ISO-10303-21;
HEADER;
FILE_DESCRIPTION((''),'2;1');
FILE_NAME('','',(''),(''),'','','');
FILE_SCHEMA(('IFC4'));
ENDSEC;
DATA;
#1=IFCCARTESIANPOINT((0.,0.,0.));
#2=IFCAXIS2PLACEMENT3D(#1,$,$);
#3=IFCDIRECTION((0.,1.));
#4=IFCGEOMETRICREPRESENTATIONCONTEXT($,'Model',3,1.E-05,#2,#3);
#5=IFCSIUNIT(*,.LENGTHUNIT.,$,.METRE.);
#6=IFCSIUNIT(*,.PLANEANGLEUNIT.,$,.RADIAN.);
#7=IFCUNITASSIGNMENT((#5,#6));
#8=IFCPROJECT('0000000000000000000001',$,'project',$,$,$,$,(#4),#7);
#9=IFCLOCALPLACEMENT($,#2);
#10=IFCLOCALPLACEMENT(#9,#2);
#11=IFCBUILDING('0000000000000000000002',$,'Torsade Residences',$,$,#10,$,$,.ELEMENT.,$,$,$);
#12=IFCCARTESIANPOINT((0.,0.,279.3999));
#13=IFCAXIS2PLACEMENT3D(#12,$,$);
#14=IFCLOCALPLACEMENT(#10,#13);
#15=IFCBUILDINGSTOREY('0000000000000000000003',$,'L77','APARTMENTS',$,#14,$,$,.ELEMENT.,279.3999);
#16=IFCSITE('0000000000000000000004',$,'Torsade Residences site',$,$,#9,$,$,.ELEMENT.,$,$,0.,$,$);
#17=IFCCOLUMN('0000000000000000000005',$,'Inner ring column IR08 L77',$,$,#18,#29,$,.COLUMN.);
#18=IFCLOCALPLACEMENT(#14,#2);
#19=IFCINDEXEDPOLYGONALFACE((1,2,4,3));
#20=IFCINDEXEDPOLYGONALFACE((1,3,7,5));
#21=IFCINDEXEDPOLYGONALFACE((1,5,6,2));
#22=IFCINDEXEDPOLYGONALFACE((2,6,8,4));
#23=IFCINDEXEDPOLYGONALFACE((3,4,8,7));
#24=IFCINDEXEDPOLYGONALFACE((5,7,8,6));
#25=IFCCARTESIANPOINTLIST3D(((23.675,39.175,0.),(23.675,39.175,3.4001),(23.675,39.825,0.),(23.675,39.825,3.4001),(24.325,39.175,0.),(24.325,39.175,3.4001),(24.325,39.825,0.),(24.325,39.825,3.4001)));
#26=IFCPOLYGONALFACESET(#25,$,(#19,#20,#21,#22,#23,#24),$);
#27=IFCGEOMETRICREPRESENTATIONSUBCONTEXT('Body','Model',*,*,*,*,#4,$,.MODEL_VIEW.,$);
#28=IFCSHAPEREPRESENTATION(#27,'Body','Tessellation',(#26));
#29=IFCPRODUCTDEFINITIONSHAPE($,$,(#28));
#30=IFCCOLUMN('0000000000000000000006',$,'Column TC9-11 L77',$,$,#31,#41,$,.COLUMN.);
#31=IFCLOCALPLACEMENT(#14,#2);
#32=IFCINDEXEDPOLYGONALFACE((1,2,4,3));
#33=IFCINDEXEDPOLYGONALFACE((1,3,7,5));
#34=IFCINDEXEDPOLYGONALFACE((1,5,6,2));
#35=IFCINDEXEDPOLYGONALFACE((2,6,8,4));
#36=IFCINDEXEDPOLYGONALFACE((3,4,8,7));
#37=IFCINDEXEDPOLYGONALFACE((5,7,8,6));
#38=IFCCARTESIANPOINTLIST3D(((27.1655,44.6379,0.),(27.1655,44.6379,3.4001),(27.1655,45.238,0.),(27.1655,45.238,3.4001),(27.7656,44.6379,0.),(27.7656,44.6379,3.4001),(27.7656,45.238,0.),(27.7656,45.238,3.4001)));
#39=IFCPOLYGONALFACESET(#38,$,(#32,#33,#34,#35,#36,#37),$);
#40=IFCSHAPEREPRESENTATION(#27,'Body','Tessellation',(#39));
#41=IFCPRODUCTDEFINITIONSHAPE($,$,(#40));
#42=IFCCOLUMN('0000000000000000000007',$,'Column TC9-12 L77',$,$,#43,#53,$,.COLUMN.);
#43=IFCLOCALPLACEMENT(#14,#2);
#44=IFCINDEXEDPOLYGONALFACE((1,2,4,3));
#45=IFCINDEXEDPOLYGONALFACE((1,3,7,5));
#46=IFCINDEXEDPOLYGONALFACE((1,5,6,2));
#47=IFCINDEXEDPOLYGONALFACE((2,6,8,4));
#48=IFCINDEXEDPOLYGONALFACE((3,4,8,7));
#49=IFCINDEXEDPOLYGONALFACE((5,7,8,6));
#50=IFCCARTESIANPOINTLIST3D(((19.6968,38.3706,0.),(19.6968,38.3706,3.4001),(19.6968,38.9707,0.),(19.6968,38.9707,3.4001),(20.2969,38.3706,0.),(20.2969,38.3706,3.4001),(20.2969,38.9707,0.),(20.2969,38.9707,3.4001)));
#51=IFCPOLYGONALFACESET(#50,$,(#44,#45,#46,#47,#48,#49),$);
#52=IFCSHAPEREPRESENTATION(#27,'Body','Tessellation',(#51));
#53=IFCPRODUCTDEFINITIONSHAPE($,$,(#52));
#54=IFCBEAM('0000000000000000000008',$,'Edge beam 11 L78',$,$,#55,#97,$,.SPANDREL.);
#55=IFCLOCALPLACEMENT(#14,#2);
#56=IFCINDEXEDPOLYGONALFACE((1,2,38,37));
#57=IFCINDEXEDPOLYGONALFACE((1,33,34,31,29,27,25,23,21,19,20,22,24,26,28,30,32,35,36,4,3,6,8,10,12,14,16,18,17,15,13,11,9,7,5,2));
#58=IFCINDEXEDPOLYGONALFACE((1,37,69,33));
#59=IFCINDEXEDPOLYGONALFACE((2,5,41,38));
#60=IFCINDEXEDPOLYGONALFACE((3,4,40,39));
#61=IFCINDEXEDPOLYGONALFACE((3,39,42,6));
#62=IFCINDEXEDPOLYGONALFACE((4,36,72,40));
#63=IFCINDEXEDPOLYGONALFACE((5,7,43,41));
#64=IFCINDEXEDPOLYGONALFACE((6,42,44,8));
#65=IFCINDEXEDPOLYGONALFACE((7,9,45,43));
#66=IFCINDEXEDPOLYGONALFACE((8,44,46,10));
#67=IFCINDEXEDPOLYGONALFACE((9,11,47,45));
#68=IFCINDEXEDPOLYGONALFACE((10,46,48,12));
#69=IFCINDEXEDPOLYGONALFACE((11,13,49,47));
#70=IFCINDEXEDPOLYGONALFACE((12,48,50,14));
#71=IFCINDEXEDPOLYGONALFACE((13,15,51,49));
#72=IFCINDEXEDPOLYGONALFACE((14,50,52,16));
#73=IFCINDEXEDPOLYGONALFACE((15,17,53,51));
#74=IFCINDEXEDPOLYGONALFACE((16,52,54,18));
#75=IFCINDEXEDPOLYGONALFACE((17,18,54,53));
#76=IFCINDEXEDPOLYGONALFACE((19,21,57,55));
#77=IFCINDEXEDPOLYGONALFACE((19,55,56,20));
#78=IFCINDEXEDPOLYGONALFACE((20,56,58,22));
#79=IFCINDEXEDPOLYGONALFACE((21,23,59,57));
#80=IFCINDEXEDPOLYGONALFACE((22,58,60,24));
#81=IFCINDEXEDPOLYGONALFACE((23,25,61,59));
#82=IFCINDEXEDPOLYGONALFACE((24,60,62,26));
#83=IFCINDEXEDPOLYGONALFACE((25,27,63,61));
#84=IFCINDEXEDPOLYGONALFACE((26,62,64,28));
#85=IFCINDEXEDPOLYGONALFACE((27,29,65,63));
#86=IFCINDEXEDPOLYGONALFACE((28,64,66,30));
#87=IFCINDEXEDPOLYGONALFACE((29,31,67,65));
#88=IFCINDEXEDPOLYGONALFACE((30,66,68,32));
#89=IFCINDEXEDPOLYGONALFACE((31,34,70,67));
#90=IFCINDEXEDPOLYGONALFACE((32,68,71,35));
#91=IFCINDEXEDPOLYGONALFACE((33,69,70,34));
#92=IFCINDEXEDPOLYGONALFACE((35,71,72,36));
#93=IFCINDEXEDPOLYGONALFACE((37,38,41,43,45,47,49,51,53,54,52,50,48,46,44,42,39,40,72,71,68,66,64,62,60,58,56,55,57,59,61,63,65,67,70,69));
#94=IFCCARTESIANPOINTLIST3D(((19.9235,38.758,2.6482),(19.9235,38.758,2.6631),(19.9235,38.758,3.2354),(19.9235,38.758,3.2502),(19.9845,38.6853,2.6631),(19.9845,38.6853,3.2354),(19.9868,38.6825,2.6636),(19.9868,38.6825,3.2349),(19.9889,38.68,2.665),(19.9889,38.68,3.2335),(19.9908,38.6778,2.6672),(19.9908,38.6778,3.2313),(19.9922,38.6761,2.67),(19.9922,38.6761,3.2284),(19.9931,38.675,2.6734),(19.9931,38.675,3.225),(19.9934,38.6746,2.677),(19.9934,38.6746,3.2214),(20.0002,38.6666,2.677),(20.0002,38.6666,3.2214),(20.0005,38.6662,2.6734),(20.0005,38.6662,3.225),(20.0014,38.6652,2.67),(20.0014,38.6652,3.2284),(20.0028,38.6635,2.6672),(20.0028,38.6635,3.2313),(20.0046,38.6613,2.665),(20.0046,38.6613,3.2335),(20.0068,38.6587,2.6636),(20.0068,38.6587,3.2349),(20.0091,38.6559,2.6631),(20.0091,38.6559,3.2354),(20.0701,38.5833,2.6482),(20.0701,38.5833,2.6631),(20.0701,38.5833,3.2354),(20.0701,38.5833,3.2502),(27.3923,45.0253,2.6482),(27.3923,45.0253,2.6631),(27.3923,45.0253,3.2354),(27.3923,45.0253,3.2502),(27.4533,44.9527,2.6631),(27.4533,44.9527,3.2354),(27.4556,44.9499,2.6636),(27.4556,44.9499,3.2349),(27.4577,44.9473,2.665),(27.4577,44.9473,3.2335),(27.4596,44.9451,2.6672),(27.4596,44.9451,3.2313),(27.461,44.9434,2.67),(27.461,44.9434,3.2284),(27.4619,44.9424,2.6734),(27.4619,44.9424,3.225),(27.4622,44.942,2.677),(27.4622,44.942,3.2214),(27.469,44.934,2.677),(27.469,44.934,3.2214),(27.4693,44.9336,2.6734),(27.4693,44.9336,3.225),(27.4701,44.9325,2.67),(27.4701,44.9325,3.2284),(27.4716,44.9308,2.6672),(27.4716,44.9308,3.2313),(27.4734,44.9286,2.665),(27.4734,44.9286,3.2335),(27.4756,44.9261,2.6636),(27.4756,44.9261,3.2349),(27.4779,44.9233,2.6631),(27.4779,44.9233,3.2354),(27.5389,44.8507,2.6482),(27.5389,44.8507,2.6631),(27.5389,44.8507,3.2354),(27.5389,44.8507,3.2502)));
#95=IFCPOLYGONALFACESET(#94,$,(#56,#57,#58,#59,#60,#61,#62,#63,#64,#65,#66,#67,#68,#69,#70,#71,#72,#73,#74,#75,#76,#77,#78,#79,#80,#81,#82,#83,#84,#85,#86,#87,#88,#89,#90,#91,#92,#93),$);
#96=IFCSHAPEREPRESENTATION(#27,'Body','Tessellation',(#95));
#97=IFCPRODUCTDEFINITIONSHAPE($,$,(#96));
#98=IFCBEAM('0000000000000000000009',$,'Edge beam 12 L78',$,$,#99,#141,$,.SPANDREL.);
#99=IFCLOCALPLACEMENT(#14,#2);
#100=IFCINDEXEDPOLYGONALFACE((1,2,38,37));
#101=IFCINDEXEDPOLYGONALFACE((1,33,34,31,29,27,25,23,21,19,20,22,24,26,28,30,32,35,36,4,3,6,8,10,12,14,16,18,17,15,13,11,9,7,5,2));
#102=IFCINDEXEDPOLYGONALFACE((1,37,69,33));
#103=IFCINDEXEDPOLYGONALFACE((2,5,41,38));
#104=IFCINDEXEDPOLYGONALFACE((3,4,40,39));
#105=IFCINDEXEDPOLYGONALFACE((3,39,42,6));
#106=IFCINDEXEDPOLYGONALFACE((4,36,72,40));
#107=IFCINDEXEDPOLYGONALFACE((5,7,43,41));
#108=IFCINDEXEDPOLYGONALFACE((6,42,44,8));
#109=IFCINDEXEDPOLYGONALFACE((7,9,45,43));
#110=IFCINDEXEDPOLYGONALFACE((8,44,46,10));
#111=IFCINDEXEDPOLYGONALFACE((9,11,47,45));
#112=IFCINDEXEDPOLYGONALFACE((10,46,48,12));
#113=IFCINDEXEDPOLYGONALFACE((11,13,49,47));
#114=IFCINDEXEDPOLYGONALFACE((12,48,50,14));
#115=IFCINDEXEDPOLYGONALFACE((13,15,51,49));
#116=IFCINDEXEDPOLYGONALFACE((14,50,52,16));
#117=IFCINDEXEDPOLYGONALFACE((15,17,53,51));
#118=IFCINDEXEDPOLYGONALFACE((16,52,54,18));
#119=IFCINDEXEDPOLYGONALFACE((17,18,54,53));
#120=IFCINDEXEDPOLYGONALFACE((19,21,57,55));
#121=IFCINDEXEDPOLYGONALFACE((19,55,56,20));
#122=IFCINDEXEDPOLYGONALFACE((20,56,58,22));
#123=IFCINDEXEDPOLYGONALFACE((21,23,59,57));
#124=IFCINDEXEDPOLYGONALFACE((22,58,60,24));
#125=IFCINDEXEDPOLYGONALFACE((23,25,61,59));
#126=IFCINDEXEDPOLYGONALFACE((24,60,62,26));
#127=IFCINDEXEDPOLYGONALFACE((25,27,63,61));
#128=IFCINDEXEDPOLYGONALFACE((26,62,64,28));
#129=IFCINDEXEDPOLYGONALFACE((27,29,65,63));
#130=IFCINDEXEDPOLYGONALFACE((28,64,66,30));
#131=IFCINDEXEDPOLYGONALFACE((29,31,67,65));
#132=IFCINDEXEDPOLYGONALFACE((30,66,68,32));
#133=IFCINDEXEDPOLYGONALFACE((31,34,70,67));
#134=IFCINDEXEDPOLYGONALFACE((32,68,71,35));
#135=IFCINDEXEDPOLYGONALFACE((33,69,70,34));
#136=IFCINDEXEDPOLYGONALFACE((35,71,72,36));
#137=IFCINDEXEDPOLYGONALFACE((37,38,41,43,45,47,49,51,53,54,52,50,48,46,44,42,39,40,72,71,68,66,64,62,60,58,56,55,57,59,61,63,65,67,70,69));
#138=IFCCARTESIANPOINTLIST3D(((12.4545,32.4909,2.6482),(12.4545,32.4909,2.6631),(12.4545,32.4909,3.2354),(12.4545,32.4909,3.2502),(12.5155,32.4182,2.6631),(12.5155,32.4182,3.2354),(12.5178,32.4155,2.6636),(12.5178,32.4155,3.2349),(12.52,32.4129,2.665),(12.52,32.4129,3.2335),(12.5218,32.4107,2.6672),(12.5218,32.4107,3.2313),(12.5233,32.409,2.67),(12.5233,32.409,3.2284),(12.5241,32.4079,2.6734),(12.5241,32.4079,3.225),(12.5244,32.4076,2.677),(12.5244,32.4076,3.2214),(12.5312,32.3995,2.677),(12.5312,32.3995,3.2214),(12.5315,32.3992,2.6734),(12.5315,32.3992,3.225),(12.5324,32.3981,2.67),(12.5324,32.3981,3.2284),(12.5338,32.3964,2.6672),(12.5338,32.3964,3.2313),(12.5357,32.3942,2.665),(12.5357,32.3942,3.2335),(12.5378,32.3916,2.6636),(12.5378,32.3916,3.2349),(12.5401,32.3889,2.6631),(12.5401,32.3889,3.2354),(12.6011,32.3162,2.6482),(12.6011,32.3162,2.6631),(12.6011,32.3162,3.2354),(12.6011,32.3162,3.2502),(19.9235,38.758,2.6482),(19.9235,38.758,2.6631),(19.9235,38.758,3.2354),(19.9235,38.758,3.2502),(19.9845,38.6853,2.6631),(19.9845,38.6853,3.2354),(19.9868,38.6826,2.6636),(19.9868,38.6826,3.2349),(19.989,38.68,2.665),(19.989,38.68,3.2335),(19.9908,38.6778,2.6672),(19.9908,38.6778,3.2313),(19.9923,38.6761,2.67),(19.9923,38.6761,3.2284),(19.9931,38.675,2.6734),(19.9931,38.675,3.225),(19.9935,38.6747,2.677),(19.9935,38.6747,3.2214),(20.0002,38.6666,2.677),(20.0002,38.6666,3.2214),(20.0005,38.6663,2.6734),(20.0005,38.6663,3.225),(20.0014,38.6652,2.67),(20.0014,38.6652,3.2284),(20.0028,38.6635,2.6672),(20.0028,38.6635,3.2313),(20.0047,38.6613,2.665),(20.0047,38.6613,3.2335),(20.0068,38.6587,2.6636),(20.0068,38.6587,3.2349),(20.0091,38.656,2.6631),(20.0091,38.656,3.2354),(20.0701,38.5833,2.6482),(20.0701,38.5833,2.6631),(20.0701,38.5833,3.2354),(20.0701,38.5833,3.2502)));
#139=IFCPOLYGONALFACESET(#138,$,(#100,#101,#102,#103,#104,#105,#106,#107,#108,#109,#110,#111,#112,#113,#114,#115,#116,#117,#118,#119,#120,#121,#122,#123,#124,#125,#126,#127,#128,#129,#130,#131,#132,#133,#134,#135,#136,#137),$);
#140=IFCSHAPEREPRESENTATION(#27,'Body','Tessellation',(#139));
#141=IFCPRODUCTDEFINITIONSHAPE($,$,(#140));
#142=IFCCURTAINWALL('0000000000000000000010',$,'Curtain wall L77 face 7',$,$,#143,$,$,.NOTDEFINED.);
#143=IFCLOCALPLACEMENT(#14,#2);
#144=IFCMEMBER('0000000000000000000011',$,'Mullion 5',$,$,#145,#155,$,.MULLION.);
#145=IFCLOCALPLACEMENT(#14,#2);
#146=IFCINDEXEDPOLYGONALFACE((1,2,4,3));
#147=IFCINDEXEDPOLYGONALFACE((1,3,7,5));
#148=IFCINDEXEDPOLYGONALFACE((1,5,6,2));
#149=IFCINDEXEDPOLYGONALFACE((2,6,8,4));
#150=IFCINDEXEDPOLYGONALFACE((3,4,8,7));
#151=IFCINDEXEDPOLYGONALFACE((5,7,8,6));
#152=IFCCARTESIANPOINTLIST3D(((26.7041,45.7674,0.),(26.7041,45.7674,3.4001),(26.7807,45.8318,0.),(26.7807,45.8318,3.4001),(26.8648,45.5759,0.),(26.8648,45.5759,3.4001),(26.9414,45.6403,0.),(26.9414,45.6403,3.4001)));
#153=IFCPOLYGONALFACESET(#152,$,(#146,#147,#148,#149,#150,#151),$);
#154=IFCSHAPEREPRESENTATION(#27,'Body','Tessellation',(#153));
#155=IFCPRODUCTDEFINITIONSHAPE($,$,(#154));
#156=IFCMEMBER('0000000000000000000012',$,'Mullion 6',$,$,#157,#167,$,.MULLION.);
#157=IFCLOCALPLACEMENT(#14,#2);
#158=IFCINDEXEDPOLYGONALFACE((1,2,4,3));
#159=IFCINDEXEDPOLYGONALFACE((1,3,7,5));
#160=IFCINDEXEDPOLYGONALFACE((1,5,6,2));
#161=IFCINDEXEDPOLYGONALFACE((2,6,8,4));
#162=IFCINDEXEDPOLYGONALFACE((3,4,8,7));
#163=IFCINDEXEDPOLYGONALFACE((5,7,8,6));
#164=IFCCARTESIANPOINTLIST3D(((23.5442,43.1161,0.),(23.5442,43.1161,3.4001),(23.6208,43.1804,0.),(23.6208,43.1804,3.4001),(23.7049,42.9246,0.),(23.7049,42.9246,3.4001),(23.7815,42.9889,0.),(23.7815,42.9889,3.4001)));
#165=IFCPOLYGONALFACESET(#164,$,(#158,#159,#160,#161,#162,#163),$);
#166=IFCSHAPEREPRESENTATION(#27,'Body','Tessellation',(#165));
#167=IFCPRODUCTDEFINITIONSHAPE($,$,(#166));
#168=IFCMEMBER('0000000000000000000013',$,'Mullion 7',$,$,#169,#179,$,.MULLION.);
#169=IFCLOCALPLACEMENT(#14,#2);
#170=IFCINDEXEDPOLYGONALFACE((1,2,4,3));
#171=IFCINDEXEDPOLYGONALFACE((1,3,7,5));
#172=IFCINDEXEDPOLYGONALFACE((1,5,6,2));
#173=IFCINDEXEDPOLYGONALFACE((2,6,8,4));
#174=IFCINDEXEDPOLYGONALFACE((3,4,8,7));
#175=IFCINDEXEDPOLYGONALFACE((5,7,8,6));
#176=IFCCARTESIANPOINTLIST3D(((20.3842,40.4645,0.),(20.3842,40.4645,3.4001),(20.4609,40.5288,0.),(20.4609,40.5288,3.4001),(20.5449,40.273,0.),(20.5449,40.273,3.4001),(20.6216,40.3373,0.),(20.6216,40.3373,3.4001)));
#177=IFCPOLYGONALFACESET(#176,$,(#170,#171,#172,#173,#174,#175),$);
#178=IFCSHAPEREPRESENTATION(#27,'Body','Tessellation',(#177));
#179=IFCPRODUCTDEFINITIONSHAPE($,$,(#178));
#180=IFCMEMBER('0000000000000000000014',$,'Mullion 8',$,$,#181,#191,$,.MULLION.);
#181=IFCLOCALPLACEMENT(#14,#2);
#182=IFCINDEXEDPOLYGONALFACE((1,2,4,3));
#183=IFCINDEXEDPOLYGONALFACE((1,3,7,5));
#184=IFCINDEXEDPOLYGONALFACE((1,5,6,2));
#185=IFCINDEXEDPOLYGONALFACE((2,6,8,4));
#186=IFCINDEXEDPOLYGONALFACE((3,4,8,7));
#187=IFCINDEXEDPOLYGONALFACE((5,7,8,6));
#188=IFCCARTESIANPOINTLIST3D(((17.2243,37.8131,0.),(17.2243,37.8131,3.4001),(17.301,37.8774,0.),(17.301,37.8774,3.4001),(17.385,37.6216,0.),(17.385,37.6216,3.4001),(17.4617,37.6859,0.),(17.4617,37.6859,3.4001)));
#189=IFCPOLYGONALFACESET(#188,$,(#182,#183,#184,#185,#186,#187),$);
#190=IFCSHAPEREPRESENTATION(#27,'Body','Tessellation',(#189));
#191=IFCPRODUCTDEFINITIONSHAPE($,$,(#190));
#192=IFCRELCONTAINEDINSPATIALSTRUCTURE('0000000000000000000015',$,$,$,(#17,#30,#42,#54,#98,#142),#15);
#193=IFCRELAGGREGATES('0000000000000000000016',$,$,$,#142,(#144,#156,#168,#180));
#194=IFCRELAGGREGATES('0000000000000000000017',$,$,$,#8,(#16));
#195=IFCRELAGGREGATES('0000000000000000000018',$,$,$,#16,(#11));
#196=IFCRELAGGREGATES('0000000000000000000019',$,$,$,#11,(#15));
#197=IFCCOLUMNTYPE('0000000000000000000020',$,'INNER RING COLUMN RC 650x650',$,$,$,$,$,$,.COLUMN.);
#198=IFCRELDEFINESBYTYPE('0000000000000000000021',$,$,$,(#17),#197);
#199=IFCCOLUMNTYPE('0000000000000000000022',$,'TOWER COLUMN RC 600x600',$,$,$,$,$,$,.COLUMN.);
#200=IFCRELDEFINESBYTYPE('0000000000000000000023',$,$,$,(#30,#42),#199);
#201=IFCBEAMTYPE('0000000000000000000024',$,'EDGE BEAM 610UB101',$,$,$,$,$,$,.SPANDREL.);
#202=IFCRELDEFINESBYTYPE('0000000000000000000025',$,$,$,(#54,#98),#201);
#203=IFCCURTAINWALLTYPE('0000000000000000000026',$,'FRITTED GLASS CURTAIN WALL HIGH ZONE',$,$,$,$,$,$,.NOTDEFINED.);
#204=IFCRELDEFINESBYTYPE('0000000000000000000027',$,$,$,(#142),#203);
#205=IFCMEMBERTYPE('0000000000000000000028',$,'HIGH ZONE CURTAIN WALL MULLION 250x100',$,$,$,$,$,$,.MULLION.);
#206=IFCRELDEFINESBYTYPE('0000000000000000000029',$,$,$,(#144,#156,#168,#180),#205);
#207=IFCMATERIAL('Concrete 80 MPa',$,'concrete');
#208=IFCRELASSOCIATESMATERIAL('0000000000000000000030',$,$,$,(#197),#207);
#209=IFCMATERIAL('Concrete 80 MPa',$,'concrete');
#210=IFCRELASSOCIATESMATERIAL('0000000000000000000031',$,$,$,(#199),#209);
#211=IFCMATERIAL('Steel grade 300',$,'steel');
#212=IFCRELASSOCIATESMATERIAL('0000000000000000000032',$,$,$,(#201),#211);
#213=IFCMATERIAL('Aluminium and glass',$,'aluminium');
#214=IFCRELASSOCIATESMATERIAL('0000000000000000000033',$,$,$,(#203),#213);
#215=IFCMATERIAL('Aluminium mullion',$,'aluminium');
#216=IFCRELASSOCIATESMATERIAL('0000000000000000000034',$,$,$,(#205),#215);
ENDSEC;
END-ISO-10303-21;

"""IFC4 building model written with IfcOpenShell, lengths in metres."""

from ifc_helpers import new_model, si_unit, direction, frame, origin, origin_2d, place, context, subcontext, project, spatial, rectangle, i_section, extrude, material, material_profile, profile_set, type_object, element, aggregate, save


model = new_model("IFC4")

# Units and contexts
model_context = context("Model", 3, precision=1e-05, world=origin(), true_north=direction((0.0, 1.0)))
body_context = subcontext(model_context, "Body", "Model", "MODEL_VIEW")
ifc_project = project(units=[si_unit("LENGTHUNIT", "METRE"), si_unit("PLANEANGLEUNIT", "RADIAN")], contexts=[model_context])

# Site, building, storey
site_placement = place(None, origin())
site = spatial("IfcSite", under=ifc_project, at=site_placement, Name="Torsade Residences site", CompositionType="ELEMENT", RefElevation=0.0)
building_placement = place(site_placement, origin())
building = spatial("IfcBuilding", under=site, at=building_placement, Name="Torsade Residences", CompositionType="ELEMENT")
storey_placement = place(building_placement, frame((0.0, 0.0, 279.3999)))
storey = spatial("IfcBuildingStorey", under=building, at=storey_placement, Name="L77", Description="APARTMENTS", CompositionType="ELEMENT", Elevation=279.3999)

# Columns
ifc_material_1 = material(Name="Concrete 80 MPa", Category="concrete")
ifc_material_profile_1 = material_profile(ifc_material_1, rectangle(XDim=0.6499, YDim=0.6499, at=origin_2d()), Name="RC 650x650")
ifc_profile_set_1 = profile_set([ifc_material_profile_1], Name="Concrete 80 MPa")
column_type_1 = type_object("IfcColumnType", Name="INNER RING COLUMN RC 650x650", PredefinedType="COLUMN", material=ifc_profile_set_1)
column_placement = place(storey_placement, frame((24.0, 39.5, 0.0), z_axis=(0.0, 0.0, 1.0), x_axis=(1.0, 0.0, 0.0)))
element("IfcColumn", 1, at=column_placement, inside=storey, type_object=column_type_1, Name="Inner ring column IR08 L77", PredefinedType="COLUMN", context=body_context, shape_type="SweptSolid", body=[
    extrude(rectangle(XDim=0.6499, YDim=0.6499, at=origin_2d()), origin(), (0.0, 0.0, 1.0), 3.4001),
])
ifc_material_2 = material(Name="Concrete 80 MPa", Category="concrete")
ifc_material_profile_2 = material_profile(ifc_material_2, rectangle(XDim=0.6001, YDim=0.6001, at=origin_2d()), Name="RC 600x600")
ifc_profile_set_2 = profile_set([ifc_material_profile_2], Name="Concrete 80 MPa")
column_type_2 = type_object("IfcColumnType", Name="TOWER COLUMN RC 600x600", PredefinedType="COLUMN", material=ifc_profile_set_2)
for number, where, z_axis, x_axis, name in (
    (2, (27.4656, 44.938, 0.0), (0.0, 0.0, 1.0), (1.0, 0.0, 0.0), "Column TC9-11 L77"),
    (3, (19.9968, 38.6707, 0.0), (0.0, 0.0, 1.0), (1.0, 0.0, 0.0), "Column TC9-12 L77"),
):
    element("IfcColumn", number, at=place(storey_placement, frame(where, z_axis=z_axis, x_axis=x_axis)), inside=storey, type_object=column_type_2, Name=name, PredefinedType="COLUMN", context=body_context, shape_type="SweptSolid", body=[
        extrude(rectangle(XDim=0.6001, YDim=0.6001, at=origin_2d()), origin(), (0.0, 0.0, 1.0), 3.4001),
    ])

# Beams
ifc_material_3 = material(Name="Steel grade 300", Category="steel")
ifc_material_profile_3 = material_profile(ifc_material_3, i_section(OverallWidth=0.228, OverallDepth=0.6021, WebThickness=0.0105, FlangeThickness=0.0149, FilletRadius=0.0139, at=origin_2d()), Name="610UB101")
ifc_profile_set_3 = profile_set([ifc_material_profile_3], Name="Steel grade 300")
beam_type_1 = type_object("IfcBeamType", Name="EDGE BEAM 610UB101", PredefinedType="SPANDREL", material=ifc_profile_set_3)
for number, where, z_axis, x_axis, name in (
    (4, (27.4656, 44.938, 2.9492), (-0.766029, -0.642806, 0.0), (0.642806, -0.766029, 0.0), "Edge beam 11 L78"),
    (5, (19.9968, 38.6707, 2.9492), (-0.766052, -0.642779, 0.0), (0.642779, -0.766052, 0.0), "Edge beam 12 L78"),
):
    element("IfcBeam", number, at=place(storey_placement, frame(where, z_axis=z_axis, x_axis=x_axis)), inside=storey, type_object=beam_type_1, Name=name, PredefinedType="SPANDREL", context=body_context, shape_type="SweptSolid", body=[
        extrude(i_section(OverallWidth=0.228, OverallDepth=0.6021, WebThickness=0.0105, FlangeThickness=0.0149, FilletRadius=0.0139, at=origin_2d()), origin(), (0.0, 0.0, 1.0), 9.75),
    ])

# Curtain wall, members
ifc_material_4 = material(Name="Aluminium and glass", Category="aluminium")
curtain_wall_type = type_object("IfcCurtainWallType", Name="FRITTED GLASS CURTAIN WALL HIGH ZONE", PredefinedType="NOTDEFINED", material=ifc_material_4)
curtain_wall_placement = place(storey_placement, origin())
curtain_wall = element("IfcCurtainWall", 6, at=curtain_wall_placement, inside=storey, type_object=curtain_wall_type, Name="Curtain wall L77 face 7", PredefinedType="NOTDEFINED")
ifc_material_5 = material(Name="Aluminium mullion", Category="aluminium")
ifc_material_profile_4 = material_profile(ifc_material_5, rectangle(XDim=0.25, YDim=0.1001, at=origin_2d()), Name="HIGH ZONE CURTAIN WALL MULLION 250x100")
ifc_profile_set_4 = profile_set([ifc_material_profile_4], Name="Aluminium mullion")
member_type_1 = type_object("IfcMemberType", Name="HIGH ZONE CURTAIN WALL MULLION 250x100", PredefinedType="MULLION", material=ifc_profile_set_4)
member_1_placement = place(storey_placement, frame((26.8228, 45.7039, 0.0), z_axis=(0.0, 0.0, 1.0), x_axis=(0.642788, -0.766044, 0.0)))
member_1 = element("IfcMember", 7, at=member_1_placement, type_object=member_type_1, Name="Mullion 5", PredefinedType="MULLION", context=body_context, shape_type="SweptSolid", body=[
    extrude(rectangle(XDim=0.25, YDim=0.1001, at=origin_2d()), origin(), (0.0, 0.0, 1.0), 3.4001),
])
member_2_placement = place(storey_placement, frame((23.6628, 43.0525, 0.0), z_axis=(0.0, 0.0, 1.0), x_axis=(0.642788, -0.766044, 0.0)))
member_2 = element("IfcMember", 8, at=member_2_placement, type_object=member_type_1, Name="Mullion 6", PredefinedType="MULLION", context=body_context, shape_type="SweptSolid", body=[
    extrude(rectangle(XDim=0.25, YDim=0.1001, at=origin_2d()), origin(), (0.0, 0.0, 1.0), 3.4001),
])
member_3_placement = place(storey_placement, frame((20.5029, 40.4009, 0.0), z_axis=(0.0, 0.0, 1.0), x_axis=(0.642788, -0.766044, 0.0)))
member_3 = element("IfcMember", 9, at=member_3_placement, type_object=member_type_1, Name="Mullion 7", PredefinedType="MULLION", context=body_context, shape_type="SweptSolid", body=[
    extrude(rectangle(XDim=0.25, YDim=0.1001, at=origin_2d()), origin(), (0.0, 0.0, 1.0), 3.4001),
])
member_4_placement = place(storey_placement, frame((17.343, 37.7495, 0.0), z_axis=(0.0, 0.0, 1.0), x_axis=(0.642788, -0.766044, 0.0)))
member_4 = element("IfcMember", 10, at=member_4_placement, type_object=member_type_1, Name="Mullion 8", PredefinedType="MULLION", context=body_context, shape_type="SweptSolid", body=[
    extrude(rectangle(XDim=0.25, YDim=0.1001, at=origin_2d()), origin(), (0.0, 0.0, 1.0), 3.4001),
])

aggregate(curtain_wall, [member_1, member_2, member_3, member_4])

save(model, "model.ifc")
